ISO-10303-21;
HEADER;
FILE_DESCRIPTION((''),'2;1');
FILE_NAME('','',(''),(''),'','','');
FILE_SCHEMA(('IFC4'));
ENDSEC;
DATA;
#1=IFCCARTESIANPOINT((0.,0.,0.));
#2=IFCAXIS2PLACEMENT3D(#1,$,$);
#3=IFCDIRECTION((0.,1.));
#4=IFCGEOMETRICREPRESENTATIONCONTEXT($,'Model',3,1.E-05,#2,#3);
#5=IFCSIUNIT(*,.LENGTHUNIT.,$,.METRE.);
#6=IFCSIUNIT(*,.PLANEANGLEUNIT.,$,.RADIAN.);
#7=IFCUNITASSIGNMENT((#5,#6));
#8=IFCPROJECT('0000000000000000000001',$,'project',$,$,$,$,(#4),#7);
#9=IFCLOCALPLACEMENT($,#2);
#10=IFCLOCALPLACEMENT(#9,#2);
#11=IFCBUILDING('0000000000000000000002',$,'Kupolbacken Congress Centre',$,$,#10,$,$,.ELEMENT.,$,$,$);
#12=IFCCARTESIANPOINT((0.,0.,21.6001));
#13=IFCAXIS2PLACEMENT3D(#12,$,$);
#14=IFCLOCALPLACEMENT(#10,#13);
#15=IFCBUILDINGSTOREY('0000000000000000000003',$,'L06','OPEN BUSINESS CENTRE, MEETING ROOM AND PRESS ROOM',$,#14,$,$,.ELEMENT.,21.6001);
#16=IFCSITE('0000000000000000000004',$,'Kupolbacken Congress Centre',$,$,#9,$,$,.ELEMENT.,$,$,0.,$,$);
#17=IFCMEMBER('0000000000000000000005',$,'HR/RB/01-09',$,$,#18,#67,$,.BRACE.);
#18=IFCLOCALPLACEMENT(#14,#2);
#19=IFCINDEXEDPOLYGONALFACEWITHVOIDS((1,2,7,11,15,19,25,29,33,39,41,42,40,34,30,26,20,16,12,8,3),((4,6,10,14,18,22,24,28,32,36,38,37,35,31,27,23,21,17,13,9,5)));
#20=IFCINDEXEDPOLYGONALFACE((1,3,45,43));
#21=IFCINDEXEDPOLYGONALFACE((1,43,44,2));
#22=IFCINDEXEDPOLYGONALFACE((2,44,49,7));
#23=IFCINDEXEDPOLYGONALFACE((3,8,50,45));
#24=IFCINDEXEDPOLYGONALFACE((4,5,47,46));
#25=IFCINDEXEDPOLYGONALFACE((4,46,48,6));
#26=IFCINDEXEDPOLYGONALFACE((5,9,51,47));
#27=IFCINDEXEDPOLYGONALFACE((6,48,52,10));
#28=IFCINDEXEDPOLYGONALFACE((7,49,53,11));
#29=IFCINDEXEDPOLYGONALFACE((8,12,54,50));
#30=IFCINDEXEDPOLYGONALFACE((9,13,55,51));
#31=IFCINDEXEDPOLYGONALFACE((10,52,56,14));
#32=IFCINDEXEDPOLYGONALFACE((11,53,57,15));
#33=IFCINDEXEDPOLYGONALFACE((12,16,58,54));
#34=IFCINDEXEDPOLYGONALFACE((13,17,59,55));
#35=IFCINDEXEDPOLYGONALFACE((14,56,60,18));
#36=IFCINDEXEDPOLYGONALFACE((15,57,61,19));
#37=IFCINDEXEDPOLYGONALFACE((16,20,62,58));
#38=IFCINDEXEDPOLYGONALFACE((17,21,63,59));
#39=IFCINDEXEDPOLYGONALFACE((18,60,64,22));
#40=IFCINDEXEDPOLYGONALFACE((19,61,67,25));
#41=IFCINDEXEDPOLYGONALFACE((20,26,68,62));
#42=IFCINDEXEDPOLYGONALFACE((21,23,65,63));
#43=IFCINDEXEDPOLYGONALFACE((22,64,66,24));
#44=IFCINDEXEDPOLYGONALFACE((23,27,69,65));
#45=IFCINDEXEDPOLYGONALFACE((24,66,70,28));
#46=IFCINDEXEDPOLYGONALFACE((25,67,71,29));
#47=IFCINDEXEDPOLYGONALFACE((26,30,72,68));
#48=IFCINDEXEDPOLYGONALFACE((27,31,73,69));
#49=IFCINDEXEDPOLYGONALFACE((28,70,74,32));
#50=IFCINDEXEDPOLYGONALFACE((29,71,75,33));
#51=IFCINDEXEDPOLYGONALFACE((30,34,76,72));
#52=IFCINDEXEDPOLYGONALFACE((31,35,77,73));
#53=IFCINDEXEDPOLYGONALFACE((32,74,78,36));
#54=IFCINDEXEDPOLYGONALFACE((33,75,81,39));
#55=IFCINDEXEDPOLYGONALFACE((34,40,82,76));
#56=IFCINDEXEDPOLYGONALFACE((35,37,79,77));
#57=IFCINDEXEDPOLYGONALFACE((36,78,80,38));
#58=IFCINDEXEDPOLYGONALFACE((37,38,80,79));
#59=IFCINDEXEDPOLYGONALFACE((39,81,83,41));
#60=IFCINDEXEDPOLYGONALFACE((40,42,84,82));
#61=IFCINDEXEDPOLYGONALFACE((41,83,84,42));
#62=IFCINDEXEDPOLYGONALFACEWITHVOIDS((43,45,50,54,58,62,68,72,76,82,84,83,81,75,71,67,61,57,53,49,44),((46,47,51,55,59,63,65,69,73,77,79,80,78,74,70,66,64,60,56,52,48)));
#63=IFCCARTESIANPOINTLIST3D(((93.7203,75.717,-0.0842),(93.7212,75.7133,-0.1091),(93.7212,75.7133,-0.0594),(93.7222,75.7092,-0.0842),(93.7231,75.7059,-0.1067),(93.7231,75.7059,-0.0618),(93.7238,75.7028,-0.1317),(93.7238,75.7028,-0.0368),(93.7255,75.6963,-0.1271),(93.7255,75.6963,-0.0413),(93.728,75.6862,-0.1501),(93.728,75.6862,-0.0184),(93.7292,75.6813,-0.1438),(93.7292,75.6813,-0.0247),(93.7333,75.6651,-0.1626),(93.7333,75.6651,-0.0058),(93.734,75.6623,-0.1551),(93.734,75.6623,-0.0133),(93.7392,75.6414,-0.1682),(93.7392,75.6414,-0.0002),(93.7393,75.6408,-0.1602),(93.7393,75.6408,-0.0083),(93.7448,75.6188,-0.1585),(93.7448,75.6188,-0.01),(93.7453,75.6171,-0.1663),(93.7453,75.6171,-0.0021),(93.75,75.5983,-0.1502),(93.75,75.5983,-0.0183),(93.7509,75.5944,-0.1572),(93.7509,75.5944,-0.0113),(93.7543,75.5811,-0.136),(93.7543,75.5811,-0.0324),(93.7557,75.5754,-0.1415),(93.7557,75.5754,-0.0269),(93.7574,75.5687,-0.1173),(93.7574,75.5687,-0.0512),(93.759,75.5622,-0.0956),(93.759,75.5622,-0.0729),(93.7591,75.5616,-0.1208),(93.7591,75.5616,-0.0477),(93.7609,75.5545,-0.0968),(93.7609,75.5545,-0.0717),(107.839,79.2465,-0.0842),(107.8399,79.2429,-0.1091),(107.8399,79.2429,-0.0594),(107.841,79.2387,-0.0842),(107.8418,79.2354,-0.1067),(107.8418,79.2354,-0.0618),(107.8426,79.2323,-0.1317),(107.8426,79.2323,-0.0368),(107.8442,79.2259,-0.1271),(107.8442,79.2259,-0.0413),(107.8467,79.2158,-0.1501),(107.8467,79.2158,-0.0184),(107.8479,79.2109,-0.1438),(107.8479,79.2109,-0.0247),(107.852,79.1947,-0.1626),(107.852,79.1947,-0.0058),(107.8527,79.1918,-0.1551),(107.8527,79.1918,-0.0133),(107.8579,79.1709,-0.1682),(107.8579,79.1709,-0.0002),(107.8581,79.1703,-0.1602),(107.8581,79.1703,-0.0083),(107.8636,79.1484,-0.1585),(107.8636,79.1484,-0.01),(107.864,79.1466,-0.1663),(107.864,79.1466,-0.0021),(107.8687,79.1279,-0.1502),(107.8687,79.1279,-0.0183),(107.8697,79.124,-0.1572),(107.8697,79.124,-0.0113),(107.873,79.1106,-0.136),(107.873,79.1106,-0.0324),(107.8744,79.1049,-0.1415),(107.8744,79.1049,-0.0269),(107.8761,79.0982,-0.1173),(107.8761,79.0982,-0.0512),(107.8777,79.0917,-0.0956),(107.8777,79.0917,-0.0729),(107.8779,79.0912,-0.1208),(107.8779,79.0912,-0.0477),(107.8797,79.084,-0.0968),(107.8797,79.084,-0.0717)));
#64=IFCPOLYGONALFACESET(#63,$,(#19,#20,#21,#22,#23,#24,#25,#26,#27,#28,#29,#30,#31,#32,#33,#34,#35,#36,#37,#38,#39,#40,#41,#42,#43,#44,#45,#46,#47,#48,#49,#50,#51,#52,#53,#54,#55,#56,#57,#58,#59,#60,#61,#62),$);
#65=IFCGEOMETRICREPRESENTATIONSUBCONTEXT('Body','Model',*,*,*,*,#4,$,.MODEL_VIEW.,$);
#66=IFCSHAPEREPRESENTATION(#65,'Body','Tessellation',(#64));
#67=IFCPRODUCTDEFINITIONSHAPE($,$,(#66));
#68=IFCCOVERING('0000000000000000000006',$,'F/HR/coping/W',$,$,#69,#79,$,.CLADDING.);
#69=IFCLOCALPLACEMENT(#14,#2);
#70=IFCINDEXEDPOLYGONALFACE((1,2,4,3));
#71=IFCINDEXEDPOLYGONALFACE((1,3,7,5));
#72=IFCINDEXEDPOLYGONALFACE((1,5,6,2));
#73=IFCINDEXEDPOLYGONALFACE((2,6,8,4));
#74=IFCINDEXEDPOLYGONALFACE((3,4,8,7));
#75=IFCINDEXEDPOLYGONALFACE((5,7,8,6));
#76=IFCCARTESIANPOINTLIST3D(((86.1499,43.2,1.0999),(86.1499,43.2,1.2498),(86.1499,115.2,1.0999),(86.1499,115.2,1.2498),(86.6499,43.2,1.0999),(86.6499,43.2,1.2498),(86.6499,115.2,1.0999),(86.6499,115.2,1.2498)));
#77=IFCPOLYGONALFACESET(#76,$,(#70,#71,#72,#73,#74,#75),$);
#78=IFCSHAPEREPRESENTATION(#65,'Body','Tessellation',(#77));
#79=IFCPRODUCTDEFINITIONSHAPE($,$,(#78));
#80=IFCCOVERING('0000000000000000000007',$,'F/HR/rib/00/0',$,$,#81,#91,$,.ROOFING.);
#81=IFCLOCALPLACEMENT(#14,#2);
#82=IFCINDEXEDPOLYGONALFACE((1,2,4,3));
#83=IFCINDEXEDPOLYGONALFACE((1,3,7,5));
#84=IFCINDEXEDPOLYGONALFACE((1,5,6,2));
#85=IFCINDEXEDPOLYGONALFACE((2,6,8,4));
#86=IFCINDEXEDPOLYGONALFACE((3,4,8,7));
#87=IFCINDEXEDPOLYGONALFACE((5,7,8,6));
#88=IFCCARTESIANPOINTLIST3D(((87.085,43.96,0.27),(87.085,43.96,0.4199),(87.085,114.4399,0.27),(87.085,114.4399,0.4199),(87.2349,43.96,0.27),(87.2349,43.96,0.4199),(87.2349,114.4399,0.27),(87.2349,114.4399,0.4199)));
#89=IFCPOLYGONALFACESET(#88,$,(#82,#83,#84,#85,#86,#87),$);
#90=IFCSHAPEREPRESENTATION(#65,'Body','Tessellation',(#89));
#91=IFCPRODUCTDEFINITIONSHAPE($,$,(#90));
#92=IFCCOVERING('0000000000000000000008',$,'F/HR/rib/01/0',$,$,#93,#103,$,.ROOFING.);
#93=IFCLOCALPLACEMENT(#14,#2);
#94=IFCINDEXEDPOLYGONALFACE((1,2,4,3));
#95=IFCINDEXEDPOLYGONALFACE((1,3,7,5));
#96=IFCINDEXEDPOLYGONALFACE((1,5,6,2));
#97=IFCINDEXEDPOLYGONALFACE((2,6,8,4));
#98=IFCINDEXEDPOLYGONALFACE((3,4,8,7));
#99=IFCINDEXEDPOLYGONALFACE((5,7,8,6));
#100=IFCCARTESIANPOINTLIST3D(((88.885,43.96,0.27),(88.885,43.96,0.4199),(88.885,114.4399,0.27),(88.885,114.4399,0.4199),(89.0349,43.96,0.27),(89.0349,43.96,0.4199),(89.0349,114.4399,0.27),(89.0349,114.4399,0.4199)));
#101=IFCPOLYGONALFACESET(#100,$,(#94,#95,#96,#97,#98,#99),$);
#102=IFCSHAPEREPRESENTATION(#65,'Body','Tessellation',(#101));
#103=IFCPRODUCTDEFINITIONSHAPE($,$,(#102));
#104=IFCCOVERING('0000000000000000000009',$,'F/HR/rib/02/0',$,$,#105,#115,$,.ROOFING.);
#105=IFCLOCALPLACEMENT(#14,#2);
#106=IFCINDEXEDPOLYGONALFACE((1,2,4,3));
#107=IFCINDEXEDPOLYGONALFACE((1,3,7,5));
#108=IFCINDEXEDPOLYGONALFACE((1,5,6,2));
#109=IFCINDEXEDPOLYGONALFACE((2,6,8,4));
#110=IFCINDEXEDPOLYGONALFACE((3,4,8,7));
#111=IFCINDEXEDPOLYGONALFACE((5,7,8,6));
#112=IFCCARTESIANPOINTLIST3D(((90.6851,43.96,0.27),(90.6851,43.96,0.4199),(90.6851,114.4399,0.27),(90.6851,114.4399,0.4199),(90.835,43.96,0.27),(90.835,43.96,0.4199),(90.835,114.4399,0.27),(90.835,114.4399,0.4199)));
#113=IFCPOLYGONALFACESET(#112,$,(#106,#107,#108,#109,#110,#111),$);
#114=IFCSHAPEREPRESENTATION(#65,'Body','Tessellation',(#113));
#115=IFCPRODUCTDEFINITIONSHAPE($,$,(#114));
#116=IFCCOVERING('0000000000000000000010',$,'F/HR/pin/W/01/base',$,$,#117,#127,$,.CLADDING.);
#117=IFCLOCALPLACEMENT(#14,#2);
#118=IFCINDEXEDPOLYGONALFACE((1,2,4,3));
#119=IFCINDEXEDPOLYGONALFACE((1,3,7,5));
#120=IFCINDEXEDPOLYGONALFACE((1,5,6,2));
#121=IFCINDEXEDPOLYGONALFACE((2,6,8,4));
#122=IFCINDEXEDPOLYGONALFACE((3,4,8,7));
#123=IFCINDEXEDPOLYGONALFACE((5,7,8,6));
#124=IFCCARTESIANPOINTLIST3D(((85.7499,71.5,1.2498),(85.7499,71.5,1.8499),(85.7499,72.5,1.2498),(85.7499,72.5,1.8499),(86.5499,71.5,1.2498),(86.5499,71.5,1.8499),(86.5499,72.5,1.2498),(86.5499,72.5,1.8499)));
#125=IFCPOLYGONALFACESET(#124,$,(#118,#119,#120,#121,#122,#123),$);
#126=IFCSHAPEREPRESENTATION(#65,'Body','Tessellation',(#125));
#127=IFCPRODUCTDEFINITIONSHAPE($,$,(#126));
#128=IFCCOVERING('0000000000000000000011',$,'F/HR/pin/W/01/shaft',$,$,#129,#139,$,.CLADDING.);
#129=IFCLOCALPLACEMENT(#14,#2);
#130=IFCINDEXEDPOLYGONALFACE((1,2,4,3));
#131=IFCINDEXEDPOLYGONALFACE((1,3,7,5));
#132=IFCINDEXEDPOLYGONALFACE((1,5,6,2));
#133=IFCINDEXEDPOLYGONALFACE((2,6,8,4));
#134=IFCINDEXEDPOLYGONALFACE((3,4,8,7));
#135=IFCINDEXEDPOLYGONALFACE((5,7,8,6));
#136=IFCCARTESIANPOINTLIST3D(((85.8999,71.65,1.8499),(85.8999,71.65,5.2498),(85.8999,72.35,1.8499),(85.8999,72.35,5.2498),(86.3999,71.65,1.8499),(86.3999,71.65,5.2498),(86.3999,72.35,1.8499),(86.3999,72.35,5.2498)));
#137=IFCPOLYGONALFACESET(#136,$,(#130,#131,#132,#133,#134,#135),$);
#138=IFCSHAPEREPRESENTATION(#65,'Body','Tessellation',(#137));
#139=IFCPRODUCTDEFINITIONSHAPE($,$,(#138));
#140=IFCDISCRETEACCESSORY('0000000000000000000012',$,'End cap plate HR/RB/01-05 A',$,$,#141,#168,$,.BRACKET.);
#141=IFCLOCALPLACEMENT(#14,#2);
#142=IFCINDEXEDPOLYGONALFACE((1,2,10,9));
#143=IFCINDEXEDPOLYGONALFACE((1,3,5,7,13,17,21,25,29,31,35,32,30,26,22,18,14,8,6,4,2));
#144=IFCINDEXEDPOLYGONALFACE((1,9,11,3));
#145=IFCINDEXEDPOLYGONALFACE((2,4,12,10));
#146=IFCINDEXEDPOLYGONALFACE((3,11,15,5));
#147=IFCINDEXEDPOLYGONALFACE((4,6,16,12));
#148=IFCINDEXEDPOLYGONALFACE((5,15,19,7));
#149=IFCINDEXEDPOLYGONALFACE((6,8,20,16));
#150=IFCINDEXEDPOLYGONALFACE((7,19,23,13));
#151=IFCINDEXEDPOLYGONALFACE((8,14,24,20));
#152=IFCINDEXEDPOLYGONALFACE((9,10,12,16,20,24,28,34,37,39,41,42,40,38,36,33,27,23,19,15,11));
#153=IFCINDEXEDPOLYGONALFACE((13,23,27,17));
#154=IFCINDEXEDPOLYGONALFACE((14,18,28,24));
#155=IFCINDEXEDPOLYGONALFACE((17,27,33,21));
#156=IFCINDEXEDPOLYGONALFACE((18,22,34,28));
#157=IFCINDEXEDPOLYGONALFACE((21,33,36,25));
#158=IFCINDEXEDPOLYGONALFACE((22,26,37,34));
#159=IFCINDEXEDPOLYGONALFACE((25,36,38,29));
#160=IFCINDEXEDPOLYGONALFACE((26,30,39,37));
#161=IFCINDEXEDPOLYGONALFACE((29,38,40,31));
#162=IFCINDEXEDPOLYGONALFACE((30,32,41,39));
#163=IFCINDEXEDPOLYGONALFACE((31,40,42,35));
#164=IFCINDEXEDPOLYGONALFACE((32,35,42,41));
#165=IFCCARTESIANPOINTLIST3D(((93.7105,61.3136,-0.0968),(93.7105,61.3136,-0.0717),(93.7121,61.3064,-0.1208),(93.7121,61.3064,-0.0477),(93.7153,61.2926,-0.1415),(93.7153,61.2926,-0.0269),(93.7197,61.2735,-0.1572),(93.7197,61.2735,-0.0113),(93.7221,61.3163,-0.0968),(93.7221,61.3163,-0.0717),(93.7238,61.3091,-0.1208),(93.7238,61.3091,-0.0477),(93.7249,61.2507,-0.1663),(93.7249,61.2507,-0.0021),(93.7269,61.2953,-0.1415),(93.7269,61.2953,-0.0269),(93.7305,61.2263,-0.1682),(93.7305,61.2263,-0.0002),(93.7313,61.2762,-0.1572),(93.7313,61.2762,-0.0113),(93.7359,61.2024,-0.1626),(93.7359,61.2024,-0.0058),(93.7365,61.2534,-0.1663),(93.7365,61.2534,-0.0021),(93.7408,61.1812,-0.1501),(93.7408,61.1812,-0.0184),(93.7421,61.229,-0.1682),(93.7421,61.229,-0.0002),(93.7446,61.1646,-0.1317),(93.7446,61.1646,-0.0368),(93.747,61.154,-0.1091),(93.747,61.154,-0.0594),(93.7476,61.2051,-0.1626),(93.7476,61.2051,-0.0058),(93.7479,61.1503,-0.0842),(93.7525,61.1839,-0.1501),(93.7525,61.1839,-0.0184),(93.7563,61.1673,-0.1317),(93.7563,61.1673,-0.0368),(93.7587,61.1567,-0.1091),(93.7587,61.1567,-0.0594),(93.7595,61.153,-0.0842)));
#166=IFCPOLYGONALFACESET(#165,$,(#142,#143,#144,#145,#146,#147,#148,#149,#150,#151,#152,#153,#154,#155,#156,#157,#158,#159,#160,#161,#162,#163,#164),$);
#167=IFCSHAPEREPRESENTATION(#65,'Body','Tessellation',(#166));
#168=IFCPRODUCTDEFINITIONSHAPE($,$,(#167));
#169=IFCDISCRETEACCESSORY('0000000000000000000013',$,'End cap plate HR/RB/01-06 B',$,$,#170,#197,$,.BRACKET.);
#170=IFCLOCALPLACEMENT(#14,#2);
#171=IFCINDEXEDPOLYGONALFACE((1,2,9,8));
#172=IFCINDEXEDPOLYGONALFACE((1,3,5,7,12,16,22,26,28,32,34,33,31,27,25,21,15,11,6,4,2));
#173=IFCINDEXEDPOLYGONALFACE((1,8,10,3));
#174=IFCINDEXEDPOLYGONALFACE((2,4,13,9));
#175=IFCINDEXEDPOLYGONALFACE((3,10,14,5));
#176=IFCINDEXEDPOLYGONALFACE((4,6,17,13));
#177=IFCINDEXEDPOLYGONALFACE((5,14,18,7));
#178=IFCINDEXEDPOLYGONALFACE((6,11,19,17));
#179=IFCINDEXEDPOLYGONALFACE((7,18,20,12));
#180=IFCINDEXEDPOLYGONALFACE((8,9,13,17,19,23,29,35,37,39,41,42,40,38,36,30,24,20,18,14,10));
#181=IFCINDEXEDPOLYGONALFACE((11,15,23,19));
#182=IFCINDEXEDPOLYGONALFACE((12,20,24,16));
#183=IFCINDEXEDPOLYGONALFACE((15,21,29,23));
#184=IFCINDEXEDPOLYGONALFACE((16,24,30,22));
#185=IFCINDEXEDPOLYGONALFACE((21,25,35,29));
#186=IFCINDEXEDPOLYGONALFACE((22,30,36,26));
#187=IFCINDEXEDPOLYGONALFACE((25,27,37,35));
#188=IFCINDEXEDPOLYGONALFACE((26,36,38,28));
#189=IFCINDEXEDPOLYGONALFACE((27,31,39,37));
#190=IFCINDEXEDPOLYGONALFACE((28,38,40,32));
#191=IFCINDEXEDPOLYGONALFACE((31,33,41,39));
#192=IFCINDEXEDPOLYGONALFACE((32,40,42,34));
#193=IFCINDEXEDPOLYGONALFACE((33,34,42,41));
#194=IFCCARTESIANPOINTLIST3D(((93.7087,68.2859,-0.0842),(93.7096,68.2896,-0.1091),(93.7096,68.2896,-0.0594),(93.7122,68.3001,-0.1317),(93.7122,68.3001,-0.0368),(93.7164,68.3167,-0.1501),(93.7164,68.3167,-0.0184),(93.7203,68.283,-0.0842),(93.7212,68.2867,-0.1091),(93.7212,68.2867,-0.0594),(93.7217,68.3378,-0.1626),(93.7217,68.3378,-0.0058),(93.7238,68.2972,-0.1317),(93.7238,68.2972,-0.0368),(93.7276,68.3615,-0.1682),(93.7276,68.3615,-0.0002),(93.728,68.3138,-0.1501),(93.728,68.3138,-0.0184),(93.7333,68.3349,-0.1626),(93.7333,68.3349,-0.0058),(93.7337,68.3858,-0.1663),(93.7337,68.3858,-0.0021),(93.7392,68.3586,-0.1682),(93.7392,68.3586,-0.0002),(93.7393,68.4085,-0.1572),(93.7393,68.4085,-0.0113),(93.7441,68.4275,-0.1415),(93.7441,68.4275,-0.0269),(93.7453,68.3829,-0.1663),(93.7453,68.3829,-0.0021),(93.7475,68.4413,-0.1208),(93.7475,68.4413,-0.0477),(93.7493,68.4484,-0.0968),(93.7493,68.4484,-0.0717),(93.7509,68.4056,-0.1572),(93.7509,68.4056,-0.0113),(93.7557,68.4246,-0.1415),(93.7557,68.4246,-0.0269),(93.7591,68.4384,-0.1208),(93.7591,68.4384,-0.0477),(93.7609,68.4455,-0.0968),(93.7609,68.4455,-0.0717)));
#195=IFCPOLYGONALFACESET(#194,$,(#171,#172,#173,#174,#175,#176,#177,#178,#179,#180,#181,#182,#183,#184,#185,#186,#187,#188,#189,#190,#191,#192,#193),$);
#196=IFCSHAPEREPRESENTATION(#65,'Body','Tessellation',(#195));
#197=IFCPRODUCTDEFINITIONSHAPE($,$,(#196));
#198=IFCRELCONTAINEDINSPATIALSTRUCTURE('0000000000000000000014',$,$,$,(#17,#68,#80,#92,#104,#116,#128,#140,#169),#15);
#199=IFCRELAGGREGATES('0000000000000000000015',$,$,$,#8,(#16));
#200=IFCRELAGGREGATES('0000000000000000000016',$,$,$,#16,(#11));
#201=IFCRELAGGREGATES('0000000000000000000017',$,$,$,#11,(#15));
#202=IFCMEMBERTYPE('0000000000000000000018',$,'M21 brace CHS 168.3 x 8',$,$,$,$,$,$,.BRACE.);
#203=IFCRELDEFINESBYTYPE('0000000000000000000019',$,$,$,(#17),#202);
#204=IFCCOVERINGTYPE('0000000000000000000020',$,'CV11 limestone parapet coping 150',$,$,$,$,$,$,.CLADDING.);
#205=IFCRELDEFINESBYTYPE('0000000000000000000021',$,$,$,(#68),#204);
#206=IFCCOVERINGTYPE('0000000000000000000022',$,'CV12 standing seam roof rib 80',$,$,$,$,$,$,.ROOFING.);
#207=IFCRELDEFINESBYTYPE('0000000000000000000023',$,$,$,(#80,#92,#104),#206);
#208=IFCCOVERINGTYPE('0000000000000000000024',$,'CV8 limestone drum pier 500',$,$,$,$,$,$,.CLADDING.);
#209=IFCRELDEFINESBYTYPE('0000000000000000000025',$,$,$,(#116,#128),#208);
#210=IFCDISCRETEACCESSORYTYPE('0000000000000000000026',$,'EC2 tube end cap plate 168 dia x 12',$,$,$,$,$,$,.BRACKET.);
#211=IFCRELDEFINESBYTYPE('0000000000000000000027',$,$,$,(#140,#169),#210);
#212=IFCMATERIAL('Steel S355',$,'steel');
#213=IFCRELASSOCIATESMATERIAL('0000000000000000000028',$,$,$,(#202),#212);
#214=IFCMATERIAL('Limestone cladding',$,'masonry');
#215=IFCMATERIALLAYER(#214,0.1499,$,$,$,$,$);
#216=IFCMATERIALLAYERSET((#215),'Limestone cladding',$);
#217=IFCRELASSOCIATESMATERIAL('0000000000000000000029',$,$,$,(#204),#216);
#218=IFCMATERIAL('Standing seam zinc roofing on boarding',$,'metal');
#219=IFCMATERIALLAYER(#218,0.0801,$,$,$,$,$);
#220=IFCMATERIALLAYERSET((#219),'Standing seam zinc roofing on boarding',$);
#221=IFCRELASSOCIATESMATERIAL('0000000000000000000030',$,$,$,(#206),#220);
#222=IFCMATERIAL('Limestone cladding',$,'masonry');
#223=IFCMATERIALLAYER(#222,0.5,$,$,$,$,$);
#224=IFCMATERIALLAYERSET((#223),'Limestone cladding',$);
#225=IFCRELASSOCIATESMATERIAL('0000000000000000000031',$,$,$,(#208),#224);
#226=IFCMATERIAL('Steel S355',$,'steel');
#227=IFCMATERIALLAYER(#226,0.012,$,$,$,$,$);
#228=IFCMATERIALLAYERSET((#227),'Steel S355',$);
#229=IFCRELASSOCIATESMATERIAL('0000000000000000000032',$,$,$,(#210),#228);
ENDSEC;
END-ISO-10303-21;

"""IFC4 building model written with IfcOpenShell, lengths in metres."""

from ifc_helpers import new_model, si_unit, direction, frame, origin, origin_2d, place, context, subcontext, project, spatial, rectangle, circle, hollow_circle, extrude, material, layer, layer_set, material_profile, profile_set, type_object, element, save


model = new_model("IFC4")

# Units and contexts
model_context = context("Model", 3, precision=1e-05, world=origin(), true_north=direction((0.0, 1.0)))
body_context = subcontext(model_context, "Body", "Model", "MODEL_VIEW")
ifc_project = project(units=[si_unit("LENGTHUNIT", "METRE"), si_unit("PLANEANGLEUNIT", "RADIAN")], contexts=[model_context])

# Site, building, storey
site_placement = place(None, origin())
site = spatial("IfcSite", under=ifc_project, at=site_placement, Name="Kupolbacken Congress Centre", CompositionType="ELEMENT", RefElevation=0.0)
building_placement = place(site_placement, origin())
building = spatial("IfcBuilding", under=site, at=building_placement, Name="Kupolbacken Congress Centre", CompositionType="ELEMENT")
storey_placement = place(building_placement, frame((0.0, 0.0, 21.6001)))
storey = spatial("IfcBuildingStorey", under=building, at=storey_placement, Name="L06", Description="OPEN BUSINESS CENTRE, MEETING ROOM AND PRESS ROOM", CompositionType="ELEMENT", Elevation=21.6001)

# Member
ifc_material_1 = material(Name="Steel S355", Category="steel")
ifc_material_profile_1 = material_profile(ifc_material_1, hollow_circle(Radius=0.0842, WallThickness=0.0081, at=origin_2d()), Name="CHS 168.3 x 8")
ifc_profile_set_1 = profile_set([ifc_material_profile_1], Name="Steel S355")
member_type_1 = type_object("IfcMemberType", Name="M21 brace CHS 168.3 x 8", PredefinedType="BRACE", material=ifc_profile_set_1)
for number, where, z_axis, x_axis, name in (
    (1, (93.7407, 75.6353, -0.0842), (0.970144, 0.242528, 0.0), (-0.242528, 0.970144, 0.0), "HR/RB/01-09"),
):
    element("IfcMember", number, at=place(storey_placement, frame(where, z_axis=z_axis, x_axis=x_axis)), inside=storey, type_object=member_type_1, Name=name, PredefinedType="BRACE", context=body_context, shape_type="SweptSolid", body=[
        extrude(hollow_circle(Radius=0.0842, WallThickness=0.0081, at=origin_2d()), origin(), (0.0, 0.0, 1.0), 14.5532),
    ])

# Coverings
ifc_material_2 = material(Name="Limestone cladding", Category="masonry")
ifc_layer_1 = layer(ifc_material_2, 0.1499)
ifc_layer_set_1 = layer_set([ifc_layer_1], Name="Limestone cladding")
covering_type_1 = type_object("IfcCoveringType", Name="CV11 limestone parapet coping 150", PredefinedType="CLADDING", material=ifc_layer_set_1)
covering_1_placement = place(storey_placement, frame((86.3999, 79.2, 1.0999), z_axis=(0.0, 0.0, 1.0), x_axis=(0.0, 1.0, 0.0)))
element("IfcCovering", 2, at=covering_1_placement, inside=storey, type_object=covering_type_1, Name="F/HR/coping/W", PredefinedType="CLADDING", context=body_context, shape_type="SweptSolid", body=[
    extrude(rectangle(XDim=72.0, YDim=0.5, at=origin_2d()), origin(), (0.0, 0.0, 1.0), 0.1499),
])
ifc_material_3 = material(Name="Standing seam zinc roofing on boarding", Category="metal")
ifc_layer_2 = layer(ifc_material_3, 0.0801)
ifc_layer_set_2 = layer_set([ifc_layer_2], Name="Standing seam zinc roofing on boarding")
covering_type_2 = type_object("IfcCoveringType", Name="CV12 standing seam roof rib 80", PredefinedType="ROOFING", material=ifc_layer_set_2)
for number, where, z_axis, x_axis, name in (
    (3, (87.1599, 79.2, 0.27), (0.0, 0.0, 1.0), (0.0, 1.0, 0.0), "F/HR/rib/00/0"),
    (4, (88.96, 79.2, 0.27), (0.0, 0.0, 1.0), (0.0, 1.0, 0.0), "F/HR/rib/01/0"),
    (5, (90.76, 79.2, 0.27), (0.0, 0.0, 1.0), (0.0, 1.0, 0.0), "F/HR/rib/02/0"),
):
    element("IfcCovering", number, at=place(storey_placement, frame(where, z_axis=z_axis, x_axis=x_axis)), inside=storey, type_object=covering_type_2, Name=name, PredefinedType="ROOFING", context=body_context, shape_type="SweptSolid", body=[
        extrude(rectangle(XDim=70.48, YDim=0.1499, at=origin_2d()), origin(), (0.0, 0.0, 1.0), 0.1499),
    ])
ifc_material_4 = material(Name="Limestone cladding", Category="masonry")
ifc_layer_3 = layer(ifc_material_4, 0.5)
ifc_layer_set_3 = layer_set([ifc_layer_3], Name="Limestone cladding")
covering_type_3 = type_object("IfcCoveringType", Name="CV8 limestone drum pier 500", PredefinedType="CLADDING", material=ifc_layer_set_3)
covering_2_placement = place(storey_placement, frame((86.1499, 72.0, 1.2498), z_axis=(0.0, 0.0, 1.0), x_axis=(0.0, 1.0, 0.0)))
element("IfcCovering", 6, at=covering_2_placement, inside=storey, type_object=covering_type_3, Name="F/HR/pin/W/01/base", PredefinedType="CLADDING", context=body_context, shape_type="SweptSolid", body=[
    extrude(rectangle(XDim=1.0, YDim=0.8, at=origin_2d()), origin(), (0.0, 0.0, 1.0), 0.6001),
])
covering_3_placement = place(storey_placement, frame((86.1499, 72.0, 1.8499), z_axis=(0.0, 0.0, 1.0), x_axis=(0.0, 1.0, 0.0)))
element("IfcCovering", 7, at=covering_3_placement, inside=storey, type_object=covering_type_3, Name="F/HR/pin/W/01/shaft", PredefinedType="CLADDING", context=body_context, shape_type="SweptSolid", body=[
    extrude(rectangle(XDim=0.7, YDim=0.5, at=origin_2d()), origin(), (0.0, 0.0, 1.0), 3.3999),
])

# Discrete accessories
ifc_material_5 = material(Name="Steel S355", Category="steel")
ifc_layer_4 = layer(ifc_material_5, 0.012)
ifc_layer_set_4 = layer_set([ifc_layer_4], Name="Steel S355")
discrete_accessory_type = type_object("IfcDiscreteAccessoryType", Name="EC2 tube end cap plate 168 dia x 12", PredefinedType="BRACKET", material=ifc_layer_set_4)
for number, where, z_axis, x_axis, name in (
    (8, (93.7407, 61.2351, -0.0842), (-0.974732, -0.223376, 0.0), (0.223376, -0.974732, 0.0), "End cap plate HR/RB/01-05 A"),
    (9, (93.7407, 68.3647, -0.0842), (-0.970143, 0.242536, 0.0), (-0.242536, -0.970143, 0.0), "End cap plate HR/RB/01-06 B"),
):
    element("IfcDiscreteAccessory", number, at=place(storey_placement, frame(where, z_axis=z_axis, x_axis=x_axis)), inside=storey, type_object=discrete_accessory_type, Name=name, PredefinedType="BRACKET", context=body_context, shape_type="SweptSolid", body=[
        extrude(circle(Radius=0.0842, at=origin_2d()), origin(), (0.0, 0.0, 1.0), 0.012),
    ])

save(model, "model.ifc")
